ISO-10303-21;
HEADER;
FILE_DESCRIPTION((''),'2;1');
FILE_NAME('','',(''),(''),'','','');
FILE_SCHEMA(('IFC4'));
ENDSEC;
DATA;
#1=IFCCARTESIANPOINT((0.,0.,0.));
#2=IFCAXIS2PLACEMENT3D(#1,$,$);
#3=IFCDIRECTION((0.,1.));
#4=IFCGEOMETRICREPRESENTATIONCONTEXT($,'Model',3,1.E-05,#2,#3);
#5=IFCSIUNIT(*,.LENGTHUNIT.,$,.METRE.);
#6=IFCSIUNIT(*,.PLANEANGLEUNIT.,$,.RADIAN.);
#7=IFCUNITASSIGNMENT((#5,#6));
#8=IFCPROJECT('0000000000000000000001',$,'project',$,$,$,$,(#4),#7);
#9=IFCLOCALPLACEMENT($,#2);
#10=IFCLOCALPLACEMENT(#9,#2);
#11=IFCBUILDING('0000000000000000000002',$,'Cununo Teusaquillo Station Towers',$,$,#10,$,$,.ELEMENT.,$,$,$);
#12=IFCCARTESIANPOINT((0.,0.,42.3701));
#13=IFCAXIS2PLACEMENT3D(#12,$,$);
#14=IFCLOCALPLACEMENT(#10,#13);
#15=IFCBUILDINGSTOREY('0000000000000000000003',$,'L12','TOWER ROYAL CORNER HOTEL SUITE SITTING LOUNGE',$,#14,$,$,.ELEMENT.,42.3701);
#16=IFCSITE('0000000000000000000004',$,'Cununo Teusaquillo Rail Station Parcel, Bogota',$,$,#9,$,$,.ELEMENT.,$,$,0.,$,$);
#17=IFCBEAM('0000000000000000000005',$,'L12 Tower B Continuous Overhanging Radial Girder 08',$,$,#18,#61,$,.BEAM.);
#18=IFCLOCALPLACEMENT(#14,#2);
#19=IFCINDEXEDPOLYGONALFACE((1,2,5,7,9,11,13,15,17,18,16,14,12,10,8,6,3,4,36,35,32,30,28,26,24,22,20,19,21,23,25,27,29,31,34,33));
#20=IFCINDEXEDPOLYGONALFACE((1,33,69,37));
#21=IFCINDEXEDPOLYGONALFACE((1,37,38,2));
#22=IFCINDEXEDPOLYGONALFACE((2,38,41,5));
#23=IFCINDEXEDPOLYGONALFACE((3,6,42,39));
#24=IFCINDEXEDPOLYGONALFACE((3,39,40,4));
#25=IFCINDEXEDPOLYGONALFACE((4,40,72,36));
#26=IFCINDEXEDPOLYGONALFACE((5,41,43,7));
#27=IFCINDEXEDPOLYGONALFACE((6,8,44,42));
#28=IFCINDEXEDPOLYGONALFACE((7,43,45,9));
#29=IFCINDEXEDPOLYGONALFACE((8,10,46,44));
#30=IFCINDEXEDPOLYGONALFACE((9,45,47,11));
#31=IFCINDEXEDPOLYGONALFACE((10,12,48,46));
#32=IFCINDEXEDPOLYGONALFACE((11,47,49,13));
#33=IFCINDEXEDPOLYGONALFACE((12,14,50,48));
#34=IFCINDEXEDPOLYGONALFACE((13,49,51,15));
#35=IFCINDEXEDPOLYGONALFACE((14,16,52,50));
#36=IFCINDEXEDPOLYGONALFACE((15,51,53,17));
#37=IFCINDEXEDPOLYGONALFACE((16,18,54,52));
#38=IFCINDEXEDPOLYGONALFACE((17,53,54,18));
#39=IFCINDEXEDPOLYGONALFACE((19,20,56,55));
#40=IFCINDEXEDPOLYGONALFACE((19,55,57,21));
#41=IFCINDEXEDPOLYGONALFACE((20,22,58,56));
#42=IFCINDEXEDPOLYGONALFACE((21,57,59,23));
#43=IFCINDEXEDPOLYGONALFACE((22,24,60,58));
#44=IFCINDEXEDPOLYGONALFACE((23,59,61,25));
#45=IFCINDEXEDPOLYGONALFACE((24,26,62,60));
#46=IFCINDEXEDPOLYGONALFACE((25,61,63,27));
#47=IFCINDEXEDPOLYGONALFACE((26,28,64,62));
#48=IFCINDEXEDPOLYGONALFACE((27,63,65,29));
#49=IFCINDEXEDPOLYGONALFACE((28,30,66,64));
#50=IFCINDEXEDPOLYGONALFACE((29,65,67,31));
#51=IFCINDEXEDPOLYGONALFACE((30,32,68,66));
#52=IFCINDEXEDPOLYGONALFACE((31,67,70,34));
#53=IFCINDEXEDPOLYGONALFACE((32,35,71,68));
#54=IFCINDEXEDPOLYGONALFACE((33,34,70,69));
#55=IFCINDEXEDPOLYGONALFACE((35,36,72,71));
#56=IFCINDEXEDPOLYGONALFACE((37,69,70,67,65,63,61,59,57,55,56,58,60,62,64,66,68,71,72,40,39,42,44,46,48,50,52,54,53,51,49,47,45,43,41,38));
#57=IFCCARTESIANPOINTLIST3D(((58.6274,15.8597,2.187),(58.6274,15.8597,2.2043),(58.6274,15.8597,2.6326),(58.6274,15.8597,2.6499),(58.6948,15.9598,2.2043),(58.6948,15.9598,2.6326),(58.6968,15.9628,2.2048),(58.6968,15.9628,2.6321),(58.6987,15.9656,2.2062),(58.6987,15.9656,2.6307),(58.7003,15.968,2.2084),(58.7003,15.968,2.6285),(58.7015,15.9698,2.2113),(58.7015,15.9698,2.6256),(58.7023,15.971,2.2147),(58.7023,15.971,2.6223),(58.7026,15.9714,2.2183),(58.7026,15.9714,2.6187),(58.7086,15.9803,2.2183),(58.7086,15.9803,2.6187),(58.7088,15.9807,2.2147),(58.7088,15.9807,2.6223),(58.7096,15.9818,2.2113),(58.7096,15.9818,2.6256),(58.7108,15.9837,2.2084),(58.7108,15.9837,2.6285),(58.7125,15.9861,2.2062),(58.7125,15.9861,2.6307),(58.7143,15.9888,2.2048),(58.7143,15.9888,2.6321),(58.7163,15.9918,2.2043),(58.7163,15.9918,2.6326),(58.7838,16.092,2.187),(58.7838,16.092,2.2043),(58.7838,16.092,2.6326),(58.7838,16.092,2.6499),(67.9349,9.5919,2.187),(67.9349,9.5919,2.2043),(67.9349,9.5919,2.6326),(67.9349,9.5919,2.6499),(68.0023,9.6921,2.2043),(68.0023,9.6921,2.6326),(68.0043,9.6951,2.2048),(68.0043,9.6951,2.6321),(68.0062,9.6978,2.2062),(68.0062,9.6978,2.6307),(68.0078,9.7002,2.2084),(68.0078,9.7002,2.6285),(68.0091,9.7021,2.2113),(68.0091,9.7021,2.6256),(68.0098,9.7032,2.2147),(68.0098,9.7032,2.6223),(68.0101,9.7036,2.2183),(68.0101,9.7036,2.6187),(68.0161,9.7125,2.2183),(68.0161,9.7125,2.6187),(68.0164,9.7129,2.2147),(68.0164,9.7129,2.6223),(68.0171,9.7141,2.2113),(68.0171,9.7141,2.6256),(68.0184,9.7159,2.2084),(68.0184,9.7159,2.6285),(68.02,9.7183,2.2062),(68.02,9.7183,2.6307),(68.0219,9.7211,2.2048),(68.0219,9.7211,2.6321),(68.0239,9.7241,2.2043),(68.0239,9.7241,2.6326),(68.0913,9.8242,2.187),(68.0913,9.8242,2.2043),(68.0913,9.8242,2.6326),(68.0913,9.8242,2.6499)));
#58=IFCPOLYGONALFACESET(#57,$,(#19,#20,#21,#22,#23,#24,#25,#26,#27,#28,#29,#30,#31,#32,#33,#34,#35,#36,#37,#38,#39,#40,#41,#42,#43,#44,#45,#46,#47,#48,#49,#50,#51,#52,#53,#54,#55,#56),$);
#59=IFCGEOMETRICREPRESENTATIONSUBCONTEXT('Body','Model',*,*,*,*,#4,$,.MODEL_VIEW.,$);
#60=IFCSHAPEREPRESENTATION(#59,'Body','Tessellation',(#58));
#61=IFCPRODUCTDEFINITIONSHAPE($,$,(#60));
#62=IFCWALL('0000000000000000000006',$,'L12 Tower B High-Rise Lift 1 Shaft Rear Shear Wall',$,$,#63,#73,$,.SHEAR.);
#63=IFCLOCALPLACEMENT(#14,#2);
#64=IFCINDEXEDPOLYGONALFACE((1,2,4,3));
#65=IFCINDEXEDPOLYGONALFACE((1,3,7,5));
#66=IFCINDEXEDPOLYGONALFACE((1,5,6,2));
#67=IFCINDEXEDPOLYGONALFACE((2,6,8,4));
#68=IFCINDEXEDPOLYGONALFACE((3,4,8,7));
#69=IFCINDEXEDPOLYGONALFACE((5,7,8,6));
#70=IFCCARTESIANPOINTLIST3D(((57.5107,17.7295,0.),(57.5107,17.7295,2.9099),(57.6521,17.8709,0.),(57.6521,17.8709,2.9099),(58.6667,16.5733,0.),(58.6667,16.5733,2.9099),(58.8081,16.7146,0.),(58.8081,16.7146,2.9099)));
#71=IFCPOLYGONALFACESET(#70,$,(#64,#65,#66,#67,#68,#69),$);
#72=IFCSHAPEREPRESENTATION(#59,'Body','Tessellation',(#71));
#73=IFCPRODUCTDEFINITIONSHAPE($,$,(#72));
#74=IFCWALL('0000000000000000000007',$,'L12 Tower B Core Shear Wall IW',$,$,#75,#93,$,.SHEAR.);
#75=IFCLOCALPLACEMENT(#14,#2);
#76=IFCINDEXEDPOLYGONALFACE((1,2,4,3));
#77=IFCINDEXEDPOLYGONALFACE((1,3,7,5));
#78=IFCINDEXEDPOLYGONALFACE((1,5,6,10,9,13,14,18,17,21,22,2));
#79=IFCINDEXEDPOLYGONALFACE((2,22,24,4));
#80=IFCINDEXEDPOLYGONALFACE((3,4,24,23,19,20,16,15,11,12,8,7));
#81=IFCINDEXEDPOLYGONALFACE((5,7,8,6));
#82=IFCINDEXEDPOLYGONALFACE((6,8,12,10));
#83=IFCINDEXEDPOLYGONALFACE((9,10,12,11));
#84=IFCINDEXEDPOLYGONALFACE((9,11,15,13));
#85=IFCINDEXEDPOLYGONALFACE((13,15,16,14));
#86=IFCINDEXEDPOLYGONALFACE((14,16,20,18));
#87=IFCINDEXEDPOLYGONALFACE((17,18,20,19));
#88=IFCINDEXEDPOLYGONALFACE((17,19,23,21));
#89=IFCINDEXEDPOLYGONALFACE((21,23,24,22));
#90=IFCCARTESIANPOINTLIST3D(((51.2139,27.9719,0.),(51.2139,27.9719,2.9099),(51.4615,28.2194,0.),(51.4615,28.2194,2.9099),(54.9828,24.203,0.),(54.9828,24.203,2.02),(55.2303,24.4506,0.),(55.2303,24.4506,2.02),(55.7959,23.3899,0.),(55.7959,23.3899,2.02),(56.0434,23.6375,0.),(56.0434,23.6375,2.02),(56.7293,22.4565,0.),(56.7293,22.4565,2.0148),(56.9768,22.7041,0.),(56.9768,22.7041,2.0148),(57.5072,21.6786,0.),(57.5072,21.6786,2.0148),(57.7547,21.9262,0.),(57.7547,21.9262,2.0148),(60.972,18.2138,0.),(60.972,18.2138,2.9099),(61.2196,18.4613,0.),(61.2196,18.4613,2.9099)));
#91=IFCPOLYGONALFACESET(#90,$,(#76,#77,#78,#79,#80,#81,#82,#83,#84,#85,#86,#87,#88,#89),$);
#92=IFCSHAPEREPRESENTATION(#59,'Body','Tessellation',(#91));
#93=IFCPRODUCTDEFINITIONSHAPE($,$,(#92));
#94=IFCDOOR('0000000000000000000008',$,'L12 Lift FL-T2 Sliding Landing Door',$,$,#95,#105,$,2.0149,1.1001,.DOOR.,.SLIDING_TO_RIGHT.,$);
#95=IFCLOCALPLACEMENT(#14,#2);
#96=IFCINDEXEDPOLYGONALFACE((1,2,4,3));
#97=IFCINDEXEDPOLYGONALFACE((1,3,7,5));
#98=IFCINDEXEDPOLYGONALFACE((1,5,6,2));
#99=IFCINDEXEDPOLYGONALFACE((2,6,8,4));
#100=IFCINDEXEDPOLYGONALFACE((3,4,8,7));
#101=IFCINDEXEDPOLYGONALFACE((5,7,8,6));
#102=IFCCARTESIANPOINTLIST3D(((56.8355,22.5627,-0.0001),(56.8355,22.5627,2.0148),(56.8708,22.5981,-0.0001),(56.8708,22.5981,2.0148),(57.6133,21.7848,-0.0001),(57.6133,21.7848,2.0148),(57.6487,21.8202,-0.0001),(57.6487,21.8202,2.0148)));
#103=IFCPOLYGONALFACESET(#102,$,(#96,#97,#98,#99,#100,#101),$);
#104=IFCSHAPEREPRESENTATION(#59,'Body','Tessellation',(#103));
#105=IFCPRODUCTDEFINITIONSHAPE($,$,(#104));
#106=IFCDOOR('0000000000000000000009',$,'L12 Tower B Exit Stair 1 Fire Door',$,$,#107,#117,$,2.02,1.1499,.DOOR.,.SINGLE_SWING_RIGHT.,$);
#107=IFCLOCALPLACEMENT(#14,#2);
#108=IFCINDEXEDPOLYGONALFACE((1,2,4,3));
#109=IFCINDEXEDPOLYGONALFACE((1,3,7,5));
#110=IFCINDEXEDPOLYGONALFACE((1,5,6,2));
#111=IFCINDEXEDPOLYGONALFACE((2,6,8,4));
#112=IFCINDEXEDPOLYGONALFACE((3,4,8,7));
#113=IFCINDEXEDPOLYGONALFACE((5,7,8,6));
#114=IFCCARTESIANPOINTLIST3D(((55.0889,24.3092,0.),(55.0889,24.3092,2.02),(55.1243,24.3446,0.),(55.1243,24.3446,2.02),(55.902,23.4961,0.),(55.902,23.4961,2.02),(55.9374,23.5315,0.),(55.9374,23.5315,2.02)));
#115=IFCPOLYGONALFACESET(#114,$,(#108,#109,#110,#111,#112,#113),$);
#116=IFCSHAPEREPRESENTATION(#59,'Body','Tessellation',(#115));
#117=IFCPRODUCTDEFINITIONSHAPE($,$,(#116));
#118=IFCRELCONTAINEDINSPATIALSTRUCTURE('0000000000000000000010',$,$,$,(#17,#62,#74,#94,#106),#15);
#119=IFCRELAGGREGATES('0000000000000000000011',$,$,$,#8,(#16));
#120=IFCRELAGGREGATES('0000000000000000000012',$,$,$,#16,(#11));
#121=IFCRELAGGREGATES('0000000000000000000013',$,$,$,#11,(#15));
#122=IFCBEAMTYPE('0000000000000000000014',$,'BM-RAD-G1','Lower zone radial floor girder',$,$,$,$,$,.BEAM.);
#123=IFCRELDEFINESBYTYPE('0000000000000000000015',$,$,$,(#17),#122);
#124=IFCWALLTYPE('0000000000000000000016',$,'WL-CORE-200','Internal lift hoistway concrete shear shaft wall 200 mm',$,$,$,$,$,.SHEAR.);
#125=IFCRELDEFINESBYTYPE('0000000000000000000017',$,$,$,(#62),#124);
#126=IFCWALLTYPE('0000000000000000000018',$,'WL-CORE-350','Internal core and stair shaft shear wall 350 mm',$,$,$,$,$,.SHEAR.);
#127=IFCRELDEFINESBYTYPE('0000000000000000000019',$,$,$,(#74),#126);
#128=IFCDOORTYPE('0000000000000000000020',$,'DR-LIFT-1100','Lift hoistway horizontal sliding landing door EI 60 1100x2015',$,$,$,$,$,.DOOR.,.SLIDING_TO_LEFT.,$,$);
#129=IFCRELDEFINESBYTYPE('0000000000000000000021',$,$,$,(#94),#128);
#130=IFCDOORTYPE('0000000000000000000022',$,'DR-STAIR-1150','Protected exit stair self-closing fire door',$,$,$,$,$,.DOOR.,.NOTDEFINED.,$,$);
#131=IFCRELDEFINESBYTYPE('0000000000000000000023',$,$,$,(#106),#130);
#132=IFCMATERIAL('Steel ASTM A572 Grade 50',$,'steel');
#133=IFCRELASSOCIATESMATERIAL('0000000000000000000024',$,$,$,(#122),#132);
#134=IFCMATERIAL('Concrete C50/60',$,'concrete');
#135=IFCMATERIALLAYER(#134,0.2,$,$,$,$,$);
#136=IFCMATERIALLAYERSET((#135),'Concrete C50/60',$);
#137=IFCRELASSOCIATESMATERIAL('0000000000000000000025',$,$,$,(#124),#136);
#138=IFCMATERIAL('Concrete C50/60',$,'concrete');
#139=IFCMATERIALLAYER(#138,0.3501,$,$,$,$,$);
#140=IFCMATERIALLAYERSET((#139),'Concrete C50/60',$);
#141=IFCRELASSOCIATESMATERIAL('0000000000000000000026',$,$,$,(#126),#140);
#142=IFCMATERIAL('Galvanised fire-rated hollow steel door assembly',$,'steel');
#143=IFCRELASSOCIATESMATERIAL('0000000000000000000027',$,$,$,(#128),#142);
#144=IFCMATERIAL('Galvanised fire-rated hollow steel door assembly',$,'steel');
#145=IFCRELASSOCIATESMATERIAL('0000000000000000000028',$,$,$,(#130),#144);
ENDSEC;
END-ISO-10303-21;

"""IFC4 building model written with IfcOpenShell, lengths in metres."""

from ifc_helpers import new_model, si_unit, direction, frame, frame_2d, origin, origin_2d, place, context, subcontext, project, spatial, rectangle, i_section, extrude, source, transform, mapped, material, layer, layer_set, material_profile, profile_set, type_object, element, fill, save


model = new_model("IFC4")

# Units and contexts
model_context = context("Model", 3, precision=1e-05, world=origin(), true_north=direction((0.0, 1.0)))
body_context = subcontext(model_context, "Body", "Model", "MODEL_VIEW")
ifc_project = project(units=[si_unit("LENGTHUNIT", "METRE"), si_unit("PLANEANGLEUNIT", "RADIAN")], contexts=[model_context])

# Site, building, storey
site_placement = place(None, origin())
site = spatial("IfcSite", under=ifc_project, at=site_placement, Name="Cununo Teusaquillo Rail Station Parcel, Bogota", CompositionType="ELEMENT", RefElevation=0.0)
building_placement = place(site_placement, origin())
building = spatial("IfcBuilding", under=site, at=building_placement, Name="Cununo Teusaquillo Station Towers", CompositionType="ELEMENT")
storey_placement = place(building_placement, frame((0.0, 0.0, 42.3701)))
storey = spatial("IfcBuildingStorey", under=building, at=storey_placement, Name="L12", Description="TOWER ROYAL CORNER HOTEL SUITE SITTING LOUNGE", CompositionType="ELEMENT", Elevation=42.3701)

# Beam
ifc_material_1 = material(Name="Steel ASTM A572 Grade 50", Category="steel")
ifc_material_profile_1 = material_profile(ifc_material_1, i_section(OverallWidth=0.28, OverallDepth=0.4629, WebThickness=0.0107, FlangeThickness=0.0173, FilletRadius=0.0139, at=origin_2d()), Name="W18X76")
ifc_profile_set_1 = profile_set([ifc_material_profile_1], Name="Steel ASTM A572 Grade 50")
beam_type_1 = type_object("IfcBeamType", Name="BM-RAD-G1", Description="Lower zone radial floor girder", PredefinedType="BEAM", material=ifc_profile_set_1)
beam_1_placement = place(storey_placement, frame((58.7056, 15.9758, 2.4185), z_axis=(0.829461, -0.558565, 0.0), x_axis=(0.558565, 0.829461, 0.0)))
element("IfcBeam", 1, at=beam_1_placement, inside=storey, type_object=beam_type_1, Name="L12 Tower B Continuous Overhanging Radial Girder 08", PredefinedType="BEAM", context=body_context, shape_type="SweptSolid", body=[
    extrude(i_section(OverallWidth=0.28, OverallDepth=0.4629, WebThickness=0.0107, FlangeThickness=0.0173, FilletRadius=0.0139, at=origin_2d()), origin(), (0.0, 0.0, 1.0), 11.2212),
])

# Wall
ifc_material_2 = material(Name="Concrete C50/60", Category="concrete")
ifc_layer_1 = layer(ifc_material_2, 0.2)
ifc_layer_set_1 = layer_set([ifc_layer_1], Name="Concrete C50/60")
wall_type_1 = type_object("IfcWallType", Name="WL-CORE-200", Description="Internal lift hoistway concrete shear shaft wall 200 mm", PredefinedType="SHEAR", material=ifc_layer_set_1)
wall_1_placement = place(storey_placement, frame((58.7373, 16.644, 0.0), z_axis=(0.0, 0.0, 1.0), x_axis=(-0.707032, 0.707181, 0.0)))
element("IfcWall", 2, at=wall_1_placement, inside=storey, type_object=wall_type_1, Name="L12 Tower B High-Rise Lift 1 Shaft Rear Shear Wall", PredefinedType="SHEAR", context=body_context, shape_type="SweptSolid", body=[
    extrude(rectangle(XDim=1.635, YDim=0.2, at=frame_2d((0.8174, 0.0))), origin(), (0.0, 0.0, 1.0), 2.9099),
])

# Wall, openings, doors
ifc_material_3 = material(Name="Concrete C50/60", Category="concrete")
ifc_layer_2 = layer(ifc_material_3, 0.3501)
ifc_layer_set_2 = layer_set([ifc_layer_2], Name="Concrete C50/60")
wall_type_2 = type_object("IfcWallType", Name="WL-CORE-350", Description="Internal core and stair shaft shear wall 350 mm", PredefinedType="SHEAR", material=ifc_layer_set_2)
wall_2_placement = place(storey_placement, frame((61.0957, 18.3376, 0.0), z_axis=(0.0, 0.0, 1.0), x_axis=(-0.707107, 0.707107, 0.0)))
wall_2 = element("IfcWall", 3, at=wall_2_placement, inside=storey, type_object=wall_type_2, Name="L12 Tower B Core Shear Wall IW", PredefinedType="SHEAR", context=body_context, shape_type="SweptSolid", body=[
    extrude(rectangle(XDim=13.8, YDim=0.3501, at=frame_2d((6.8999, 0.0))), origin(), (0.0, 0.0, 1.0), 2.9099),
])
shared_shape_1 = source(origin(), body_context, "Body", "SweptSolid", [
    extrude(rectangle(XDim=1.1001, YDim=2.0149, at=frame_2d((0.55, 1.0073))), frame((0.0, 0.1851, 0.0), z_axis=(0.0, -1.0, 0.0), x_axis=(1.0, 0.0, 0.0)), (0.0, 0.0, 1.0), 0.3701),
])
opening_1_placement = place(wall_2_placement, frame((4.8999, 0.0, 0.0)))
opening_1 = element("IfcOpeningElement", 4, at=opening_1_placement, cuts=wall_2, PredefinedType="OPENING", context=body_context, shape_type="MappedRepresentation", body=[
    mapped(shared_shape_1, transform((0.0, 0.0, 0.0), x_axis=(1.0, 0.0, 0.0), y_axis=(0.0, 1.0, 0.0), z_axis=(0.0, 0.0, 1.0), scale=1.0)),
])
shared_shape_2 = source(origin(), body_context, "Body", "SweptSolid", [
    extrude(rectangle(XDim=1.1499, YDim=2.02, at=frame_2d((0.575, 1.01))), frame((0.0, 0.1851, 0.0), z_axis=(0.0, -1.0, 0.0), x_axis=(1.0, 0.0, 0.0)), (0.0, 0.0, 1.0), 0.3701),
])
opening_2_placement = place(wall_2_placement, frame((7.3201, 0.0, 0.0)))
opening_2 = element("IfcOpeningElement", 5, at=opening_2_placement, cuts=wall_2, PredefinedType="OPENING", context=body_context, shape_type="MappedRepresentation", body=[
    mapped(shared_shape_2, transform((0.0, 0.0, 0.0), x_axis=(1.0, 0.0, 0.0), y_axis=(0.0, 1.0, 0.0), z_axis=(0.0, 0.0, 1.0), scale=1.0)),
])
ifc_material_4 = material(Name="Galvanised fire-rated hollow steel door assembly", Category="steel")
door_type_1 = type_object("IfcDoorType", Name="DR-LIFT-1100", Description="Lift hoistway horizontal sliding landing door EI 60 1100x2015", OperationType="SLIDING_TO_LEFT", PredefinedType="DOOR", material=ifc_material_4)
shared_shape_3 = source(origin(), body_context, "Body", "SweptSolid", [
    extrude(rectangle(XDim=1.1001, YDim=2.0149, at=frame_2d((0.55, 1.0073))), frame((0.0, 0.0249, 0.0), z_axis=(0.0, -1.0, 0.0), x_axis=(1.0, 0.0, 0.0)), (0.0, 0.0, 1.0), 0.05),
])
door_1_placement = place(opening_1_placement, origin())
door_1 = element("IfcDoor", 6, at=door_1_placement, inside=storey, type_object=door_type_1, Name="L12 Lift FL-T2 Sliding Landing Door", OperationType="SLIDING_TO_RIGHT", OverallHeight=2.0149, OverallWidth=1.1001, PredefinedType="DOOR", context=body_context, shape_type="MappedRepresentation", body=[
    mapped(shared_shape_3, transform((0.0, 0.0, 0.0), x_axis=(1.0, 0.0, 0.0), y_axis=(0.0, 1.0, 0.0), z_axis=(0.0, 0.0, 1.0), scale=1.0)),
])
fill(opening_1, door_1)
ifc_material_5 = material(Name="Galvanised fire-rated hollow steel door assembly", Category="steel")
door_type_2 = type_object("IfcDoorType", Name="DR-STAIR-1150", Description="Protected exit stair self-closing fire door", OperationType="NOTDEFINED", PredefinedType="DOOR", material=ifc_material_5)
shared_shape_4 = source(origin(), body_context, "Body", "SweptSolid", [
    extrude(rectangle(XDim=1.1499, YDim=2.02, at=frame_2d((0.575, 1.01))), frame((0.0, 0.0249, 0.0), z_axis=(0.0, -1.0, 0.0), x_axis=(1.0, 0.0, 0.0)), (0.0, 0.0, 1.0), 0.05),
])
door_2_placement = place(opening_2_placement, origin())
door_2 = element("IfcDoor", 7, at=door_2_placement, inside=storey, type_object=door_type_2, Name="L12 Tower B Exit Stair 1 Fire Door", OperationType="SINGLE_SWING_RIGHT", OverallHeight=2.02, OverallWidth=1.1499, PredefinedType="DOOR", context=body_context, shape_type="MappedRepresentation", body=[
    mapped(shared_shape_4, transform((0.0, 0.0, 0.0), x_axis=(1.0, 0.0, 0.0), y_axis=(0.0, 1.0, 0.0), z_axis=(0.0, 0.0, 1.0), scale=1.0)),
])
fill(opening_2, door_2)

save(model, "model.ifc")
